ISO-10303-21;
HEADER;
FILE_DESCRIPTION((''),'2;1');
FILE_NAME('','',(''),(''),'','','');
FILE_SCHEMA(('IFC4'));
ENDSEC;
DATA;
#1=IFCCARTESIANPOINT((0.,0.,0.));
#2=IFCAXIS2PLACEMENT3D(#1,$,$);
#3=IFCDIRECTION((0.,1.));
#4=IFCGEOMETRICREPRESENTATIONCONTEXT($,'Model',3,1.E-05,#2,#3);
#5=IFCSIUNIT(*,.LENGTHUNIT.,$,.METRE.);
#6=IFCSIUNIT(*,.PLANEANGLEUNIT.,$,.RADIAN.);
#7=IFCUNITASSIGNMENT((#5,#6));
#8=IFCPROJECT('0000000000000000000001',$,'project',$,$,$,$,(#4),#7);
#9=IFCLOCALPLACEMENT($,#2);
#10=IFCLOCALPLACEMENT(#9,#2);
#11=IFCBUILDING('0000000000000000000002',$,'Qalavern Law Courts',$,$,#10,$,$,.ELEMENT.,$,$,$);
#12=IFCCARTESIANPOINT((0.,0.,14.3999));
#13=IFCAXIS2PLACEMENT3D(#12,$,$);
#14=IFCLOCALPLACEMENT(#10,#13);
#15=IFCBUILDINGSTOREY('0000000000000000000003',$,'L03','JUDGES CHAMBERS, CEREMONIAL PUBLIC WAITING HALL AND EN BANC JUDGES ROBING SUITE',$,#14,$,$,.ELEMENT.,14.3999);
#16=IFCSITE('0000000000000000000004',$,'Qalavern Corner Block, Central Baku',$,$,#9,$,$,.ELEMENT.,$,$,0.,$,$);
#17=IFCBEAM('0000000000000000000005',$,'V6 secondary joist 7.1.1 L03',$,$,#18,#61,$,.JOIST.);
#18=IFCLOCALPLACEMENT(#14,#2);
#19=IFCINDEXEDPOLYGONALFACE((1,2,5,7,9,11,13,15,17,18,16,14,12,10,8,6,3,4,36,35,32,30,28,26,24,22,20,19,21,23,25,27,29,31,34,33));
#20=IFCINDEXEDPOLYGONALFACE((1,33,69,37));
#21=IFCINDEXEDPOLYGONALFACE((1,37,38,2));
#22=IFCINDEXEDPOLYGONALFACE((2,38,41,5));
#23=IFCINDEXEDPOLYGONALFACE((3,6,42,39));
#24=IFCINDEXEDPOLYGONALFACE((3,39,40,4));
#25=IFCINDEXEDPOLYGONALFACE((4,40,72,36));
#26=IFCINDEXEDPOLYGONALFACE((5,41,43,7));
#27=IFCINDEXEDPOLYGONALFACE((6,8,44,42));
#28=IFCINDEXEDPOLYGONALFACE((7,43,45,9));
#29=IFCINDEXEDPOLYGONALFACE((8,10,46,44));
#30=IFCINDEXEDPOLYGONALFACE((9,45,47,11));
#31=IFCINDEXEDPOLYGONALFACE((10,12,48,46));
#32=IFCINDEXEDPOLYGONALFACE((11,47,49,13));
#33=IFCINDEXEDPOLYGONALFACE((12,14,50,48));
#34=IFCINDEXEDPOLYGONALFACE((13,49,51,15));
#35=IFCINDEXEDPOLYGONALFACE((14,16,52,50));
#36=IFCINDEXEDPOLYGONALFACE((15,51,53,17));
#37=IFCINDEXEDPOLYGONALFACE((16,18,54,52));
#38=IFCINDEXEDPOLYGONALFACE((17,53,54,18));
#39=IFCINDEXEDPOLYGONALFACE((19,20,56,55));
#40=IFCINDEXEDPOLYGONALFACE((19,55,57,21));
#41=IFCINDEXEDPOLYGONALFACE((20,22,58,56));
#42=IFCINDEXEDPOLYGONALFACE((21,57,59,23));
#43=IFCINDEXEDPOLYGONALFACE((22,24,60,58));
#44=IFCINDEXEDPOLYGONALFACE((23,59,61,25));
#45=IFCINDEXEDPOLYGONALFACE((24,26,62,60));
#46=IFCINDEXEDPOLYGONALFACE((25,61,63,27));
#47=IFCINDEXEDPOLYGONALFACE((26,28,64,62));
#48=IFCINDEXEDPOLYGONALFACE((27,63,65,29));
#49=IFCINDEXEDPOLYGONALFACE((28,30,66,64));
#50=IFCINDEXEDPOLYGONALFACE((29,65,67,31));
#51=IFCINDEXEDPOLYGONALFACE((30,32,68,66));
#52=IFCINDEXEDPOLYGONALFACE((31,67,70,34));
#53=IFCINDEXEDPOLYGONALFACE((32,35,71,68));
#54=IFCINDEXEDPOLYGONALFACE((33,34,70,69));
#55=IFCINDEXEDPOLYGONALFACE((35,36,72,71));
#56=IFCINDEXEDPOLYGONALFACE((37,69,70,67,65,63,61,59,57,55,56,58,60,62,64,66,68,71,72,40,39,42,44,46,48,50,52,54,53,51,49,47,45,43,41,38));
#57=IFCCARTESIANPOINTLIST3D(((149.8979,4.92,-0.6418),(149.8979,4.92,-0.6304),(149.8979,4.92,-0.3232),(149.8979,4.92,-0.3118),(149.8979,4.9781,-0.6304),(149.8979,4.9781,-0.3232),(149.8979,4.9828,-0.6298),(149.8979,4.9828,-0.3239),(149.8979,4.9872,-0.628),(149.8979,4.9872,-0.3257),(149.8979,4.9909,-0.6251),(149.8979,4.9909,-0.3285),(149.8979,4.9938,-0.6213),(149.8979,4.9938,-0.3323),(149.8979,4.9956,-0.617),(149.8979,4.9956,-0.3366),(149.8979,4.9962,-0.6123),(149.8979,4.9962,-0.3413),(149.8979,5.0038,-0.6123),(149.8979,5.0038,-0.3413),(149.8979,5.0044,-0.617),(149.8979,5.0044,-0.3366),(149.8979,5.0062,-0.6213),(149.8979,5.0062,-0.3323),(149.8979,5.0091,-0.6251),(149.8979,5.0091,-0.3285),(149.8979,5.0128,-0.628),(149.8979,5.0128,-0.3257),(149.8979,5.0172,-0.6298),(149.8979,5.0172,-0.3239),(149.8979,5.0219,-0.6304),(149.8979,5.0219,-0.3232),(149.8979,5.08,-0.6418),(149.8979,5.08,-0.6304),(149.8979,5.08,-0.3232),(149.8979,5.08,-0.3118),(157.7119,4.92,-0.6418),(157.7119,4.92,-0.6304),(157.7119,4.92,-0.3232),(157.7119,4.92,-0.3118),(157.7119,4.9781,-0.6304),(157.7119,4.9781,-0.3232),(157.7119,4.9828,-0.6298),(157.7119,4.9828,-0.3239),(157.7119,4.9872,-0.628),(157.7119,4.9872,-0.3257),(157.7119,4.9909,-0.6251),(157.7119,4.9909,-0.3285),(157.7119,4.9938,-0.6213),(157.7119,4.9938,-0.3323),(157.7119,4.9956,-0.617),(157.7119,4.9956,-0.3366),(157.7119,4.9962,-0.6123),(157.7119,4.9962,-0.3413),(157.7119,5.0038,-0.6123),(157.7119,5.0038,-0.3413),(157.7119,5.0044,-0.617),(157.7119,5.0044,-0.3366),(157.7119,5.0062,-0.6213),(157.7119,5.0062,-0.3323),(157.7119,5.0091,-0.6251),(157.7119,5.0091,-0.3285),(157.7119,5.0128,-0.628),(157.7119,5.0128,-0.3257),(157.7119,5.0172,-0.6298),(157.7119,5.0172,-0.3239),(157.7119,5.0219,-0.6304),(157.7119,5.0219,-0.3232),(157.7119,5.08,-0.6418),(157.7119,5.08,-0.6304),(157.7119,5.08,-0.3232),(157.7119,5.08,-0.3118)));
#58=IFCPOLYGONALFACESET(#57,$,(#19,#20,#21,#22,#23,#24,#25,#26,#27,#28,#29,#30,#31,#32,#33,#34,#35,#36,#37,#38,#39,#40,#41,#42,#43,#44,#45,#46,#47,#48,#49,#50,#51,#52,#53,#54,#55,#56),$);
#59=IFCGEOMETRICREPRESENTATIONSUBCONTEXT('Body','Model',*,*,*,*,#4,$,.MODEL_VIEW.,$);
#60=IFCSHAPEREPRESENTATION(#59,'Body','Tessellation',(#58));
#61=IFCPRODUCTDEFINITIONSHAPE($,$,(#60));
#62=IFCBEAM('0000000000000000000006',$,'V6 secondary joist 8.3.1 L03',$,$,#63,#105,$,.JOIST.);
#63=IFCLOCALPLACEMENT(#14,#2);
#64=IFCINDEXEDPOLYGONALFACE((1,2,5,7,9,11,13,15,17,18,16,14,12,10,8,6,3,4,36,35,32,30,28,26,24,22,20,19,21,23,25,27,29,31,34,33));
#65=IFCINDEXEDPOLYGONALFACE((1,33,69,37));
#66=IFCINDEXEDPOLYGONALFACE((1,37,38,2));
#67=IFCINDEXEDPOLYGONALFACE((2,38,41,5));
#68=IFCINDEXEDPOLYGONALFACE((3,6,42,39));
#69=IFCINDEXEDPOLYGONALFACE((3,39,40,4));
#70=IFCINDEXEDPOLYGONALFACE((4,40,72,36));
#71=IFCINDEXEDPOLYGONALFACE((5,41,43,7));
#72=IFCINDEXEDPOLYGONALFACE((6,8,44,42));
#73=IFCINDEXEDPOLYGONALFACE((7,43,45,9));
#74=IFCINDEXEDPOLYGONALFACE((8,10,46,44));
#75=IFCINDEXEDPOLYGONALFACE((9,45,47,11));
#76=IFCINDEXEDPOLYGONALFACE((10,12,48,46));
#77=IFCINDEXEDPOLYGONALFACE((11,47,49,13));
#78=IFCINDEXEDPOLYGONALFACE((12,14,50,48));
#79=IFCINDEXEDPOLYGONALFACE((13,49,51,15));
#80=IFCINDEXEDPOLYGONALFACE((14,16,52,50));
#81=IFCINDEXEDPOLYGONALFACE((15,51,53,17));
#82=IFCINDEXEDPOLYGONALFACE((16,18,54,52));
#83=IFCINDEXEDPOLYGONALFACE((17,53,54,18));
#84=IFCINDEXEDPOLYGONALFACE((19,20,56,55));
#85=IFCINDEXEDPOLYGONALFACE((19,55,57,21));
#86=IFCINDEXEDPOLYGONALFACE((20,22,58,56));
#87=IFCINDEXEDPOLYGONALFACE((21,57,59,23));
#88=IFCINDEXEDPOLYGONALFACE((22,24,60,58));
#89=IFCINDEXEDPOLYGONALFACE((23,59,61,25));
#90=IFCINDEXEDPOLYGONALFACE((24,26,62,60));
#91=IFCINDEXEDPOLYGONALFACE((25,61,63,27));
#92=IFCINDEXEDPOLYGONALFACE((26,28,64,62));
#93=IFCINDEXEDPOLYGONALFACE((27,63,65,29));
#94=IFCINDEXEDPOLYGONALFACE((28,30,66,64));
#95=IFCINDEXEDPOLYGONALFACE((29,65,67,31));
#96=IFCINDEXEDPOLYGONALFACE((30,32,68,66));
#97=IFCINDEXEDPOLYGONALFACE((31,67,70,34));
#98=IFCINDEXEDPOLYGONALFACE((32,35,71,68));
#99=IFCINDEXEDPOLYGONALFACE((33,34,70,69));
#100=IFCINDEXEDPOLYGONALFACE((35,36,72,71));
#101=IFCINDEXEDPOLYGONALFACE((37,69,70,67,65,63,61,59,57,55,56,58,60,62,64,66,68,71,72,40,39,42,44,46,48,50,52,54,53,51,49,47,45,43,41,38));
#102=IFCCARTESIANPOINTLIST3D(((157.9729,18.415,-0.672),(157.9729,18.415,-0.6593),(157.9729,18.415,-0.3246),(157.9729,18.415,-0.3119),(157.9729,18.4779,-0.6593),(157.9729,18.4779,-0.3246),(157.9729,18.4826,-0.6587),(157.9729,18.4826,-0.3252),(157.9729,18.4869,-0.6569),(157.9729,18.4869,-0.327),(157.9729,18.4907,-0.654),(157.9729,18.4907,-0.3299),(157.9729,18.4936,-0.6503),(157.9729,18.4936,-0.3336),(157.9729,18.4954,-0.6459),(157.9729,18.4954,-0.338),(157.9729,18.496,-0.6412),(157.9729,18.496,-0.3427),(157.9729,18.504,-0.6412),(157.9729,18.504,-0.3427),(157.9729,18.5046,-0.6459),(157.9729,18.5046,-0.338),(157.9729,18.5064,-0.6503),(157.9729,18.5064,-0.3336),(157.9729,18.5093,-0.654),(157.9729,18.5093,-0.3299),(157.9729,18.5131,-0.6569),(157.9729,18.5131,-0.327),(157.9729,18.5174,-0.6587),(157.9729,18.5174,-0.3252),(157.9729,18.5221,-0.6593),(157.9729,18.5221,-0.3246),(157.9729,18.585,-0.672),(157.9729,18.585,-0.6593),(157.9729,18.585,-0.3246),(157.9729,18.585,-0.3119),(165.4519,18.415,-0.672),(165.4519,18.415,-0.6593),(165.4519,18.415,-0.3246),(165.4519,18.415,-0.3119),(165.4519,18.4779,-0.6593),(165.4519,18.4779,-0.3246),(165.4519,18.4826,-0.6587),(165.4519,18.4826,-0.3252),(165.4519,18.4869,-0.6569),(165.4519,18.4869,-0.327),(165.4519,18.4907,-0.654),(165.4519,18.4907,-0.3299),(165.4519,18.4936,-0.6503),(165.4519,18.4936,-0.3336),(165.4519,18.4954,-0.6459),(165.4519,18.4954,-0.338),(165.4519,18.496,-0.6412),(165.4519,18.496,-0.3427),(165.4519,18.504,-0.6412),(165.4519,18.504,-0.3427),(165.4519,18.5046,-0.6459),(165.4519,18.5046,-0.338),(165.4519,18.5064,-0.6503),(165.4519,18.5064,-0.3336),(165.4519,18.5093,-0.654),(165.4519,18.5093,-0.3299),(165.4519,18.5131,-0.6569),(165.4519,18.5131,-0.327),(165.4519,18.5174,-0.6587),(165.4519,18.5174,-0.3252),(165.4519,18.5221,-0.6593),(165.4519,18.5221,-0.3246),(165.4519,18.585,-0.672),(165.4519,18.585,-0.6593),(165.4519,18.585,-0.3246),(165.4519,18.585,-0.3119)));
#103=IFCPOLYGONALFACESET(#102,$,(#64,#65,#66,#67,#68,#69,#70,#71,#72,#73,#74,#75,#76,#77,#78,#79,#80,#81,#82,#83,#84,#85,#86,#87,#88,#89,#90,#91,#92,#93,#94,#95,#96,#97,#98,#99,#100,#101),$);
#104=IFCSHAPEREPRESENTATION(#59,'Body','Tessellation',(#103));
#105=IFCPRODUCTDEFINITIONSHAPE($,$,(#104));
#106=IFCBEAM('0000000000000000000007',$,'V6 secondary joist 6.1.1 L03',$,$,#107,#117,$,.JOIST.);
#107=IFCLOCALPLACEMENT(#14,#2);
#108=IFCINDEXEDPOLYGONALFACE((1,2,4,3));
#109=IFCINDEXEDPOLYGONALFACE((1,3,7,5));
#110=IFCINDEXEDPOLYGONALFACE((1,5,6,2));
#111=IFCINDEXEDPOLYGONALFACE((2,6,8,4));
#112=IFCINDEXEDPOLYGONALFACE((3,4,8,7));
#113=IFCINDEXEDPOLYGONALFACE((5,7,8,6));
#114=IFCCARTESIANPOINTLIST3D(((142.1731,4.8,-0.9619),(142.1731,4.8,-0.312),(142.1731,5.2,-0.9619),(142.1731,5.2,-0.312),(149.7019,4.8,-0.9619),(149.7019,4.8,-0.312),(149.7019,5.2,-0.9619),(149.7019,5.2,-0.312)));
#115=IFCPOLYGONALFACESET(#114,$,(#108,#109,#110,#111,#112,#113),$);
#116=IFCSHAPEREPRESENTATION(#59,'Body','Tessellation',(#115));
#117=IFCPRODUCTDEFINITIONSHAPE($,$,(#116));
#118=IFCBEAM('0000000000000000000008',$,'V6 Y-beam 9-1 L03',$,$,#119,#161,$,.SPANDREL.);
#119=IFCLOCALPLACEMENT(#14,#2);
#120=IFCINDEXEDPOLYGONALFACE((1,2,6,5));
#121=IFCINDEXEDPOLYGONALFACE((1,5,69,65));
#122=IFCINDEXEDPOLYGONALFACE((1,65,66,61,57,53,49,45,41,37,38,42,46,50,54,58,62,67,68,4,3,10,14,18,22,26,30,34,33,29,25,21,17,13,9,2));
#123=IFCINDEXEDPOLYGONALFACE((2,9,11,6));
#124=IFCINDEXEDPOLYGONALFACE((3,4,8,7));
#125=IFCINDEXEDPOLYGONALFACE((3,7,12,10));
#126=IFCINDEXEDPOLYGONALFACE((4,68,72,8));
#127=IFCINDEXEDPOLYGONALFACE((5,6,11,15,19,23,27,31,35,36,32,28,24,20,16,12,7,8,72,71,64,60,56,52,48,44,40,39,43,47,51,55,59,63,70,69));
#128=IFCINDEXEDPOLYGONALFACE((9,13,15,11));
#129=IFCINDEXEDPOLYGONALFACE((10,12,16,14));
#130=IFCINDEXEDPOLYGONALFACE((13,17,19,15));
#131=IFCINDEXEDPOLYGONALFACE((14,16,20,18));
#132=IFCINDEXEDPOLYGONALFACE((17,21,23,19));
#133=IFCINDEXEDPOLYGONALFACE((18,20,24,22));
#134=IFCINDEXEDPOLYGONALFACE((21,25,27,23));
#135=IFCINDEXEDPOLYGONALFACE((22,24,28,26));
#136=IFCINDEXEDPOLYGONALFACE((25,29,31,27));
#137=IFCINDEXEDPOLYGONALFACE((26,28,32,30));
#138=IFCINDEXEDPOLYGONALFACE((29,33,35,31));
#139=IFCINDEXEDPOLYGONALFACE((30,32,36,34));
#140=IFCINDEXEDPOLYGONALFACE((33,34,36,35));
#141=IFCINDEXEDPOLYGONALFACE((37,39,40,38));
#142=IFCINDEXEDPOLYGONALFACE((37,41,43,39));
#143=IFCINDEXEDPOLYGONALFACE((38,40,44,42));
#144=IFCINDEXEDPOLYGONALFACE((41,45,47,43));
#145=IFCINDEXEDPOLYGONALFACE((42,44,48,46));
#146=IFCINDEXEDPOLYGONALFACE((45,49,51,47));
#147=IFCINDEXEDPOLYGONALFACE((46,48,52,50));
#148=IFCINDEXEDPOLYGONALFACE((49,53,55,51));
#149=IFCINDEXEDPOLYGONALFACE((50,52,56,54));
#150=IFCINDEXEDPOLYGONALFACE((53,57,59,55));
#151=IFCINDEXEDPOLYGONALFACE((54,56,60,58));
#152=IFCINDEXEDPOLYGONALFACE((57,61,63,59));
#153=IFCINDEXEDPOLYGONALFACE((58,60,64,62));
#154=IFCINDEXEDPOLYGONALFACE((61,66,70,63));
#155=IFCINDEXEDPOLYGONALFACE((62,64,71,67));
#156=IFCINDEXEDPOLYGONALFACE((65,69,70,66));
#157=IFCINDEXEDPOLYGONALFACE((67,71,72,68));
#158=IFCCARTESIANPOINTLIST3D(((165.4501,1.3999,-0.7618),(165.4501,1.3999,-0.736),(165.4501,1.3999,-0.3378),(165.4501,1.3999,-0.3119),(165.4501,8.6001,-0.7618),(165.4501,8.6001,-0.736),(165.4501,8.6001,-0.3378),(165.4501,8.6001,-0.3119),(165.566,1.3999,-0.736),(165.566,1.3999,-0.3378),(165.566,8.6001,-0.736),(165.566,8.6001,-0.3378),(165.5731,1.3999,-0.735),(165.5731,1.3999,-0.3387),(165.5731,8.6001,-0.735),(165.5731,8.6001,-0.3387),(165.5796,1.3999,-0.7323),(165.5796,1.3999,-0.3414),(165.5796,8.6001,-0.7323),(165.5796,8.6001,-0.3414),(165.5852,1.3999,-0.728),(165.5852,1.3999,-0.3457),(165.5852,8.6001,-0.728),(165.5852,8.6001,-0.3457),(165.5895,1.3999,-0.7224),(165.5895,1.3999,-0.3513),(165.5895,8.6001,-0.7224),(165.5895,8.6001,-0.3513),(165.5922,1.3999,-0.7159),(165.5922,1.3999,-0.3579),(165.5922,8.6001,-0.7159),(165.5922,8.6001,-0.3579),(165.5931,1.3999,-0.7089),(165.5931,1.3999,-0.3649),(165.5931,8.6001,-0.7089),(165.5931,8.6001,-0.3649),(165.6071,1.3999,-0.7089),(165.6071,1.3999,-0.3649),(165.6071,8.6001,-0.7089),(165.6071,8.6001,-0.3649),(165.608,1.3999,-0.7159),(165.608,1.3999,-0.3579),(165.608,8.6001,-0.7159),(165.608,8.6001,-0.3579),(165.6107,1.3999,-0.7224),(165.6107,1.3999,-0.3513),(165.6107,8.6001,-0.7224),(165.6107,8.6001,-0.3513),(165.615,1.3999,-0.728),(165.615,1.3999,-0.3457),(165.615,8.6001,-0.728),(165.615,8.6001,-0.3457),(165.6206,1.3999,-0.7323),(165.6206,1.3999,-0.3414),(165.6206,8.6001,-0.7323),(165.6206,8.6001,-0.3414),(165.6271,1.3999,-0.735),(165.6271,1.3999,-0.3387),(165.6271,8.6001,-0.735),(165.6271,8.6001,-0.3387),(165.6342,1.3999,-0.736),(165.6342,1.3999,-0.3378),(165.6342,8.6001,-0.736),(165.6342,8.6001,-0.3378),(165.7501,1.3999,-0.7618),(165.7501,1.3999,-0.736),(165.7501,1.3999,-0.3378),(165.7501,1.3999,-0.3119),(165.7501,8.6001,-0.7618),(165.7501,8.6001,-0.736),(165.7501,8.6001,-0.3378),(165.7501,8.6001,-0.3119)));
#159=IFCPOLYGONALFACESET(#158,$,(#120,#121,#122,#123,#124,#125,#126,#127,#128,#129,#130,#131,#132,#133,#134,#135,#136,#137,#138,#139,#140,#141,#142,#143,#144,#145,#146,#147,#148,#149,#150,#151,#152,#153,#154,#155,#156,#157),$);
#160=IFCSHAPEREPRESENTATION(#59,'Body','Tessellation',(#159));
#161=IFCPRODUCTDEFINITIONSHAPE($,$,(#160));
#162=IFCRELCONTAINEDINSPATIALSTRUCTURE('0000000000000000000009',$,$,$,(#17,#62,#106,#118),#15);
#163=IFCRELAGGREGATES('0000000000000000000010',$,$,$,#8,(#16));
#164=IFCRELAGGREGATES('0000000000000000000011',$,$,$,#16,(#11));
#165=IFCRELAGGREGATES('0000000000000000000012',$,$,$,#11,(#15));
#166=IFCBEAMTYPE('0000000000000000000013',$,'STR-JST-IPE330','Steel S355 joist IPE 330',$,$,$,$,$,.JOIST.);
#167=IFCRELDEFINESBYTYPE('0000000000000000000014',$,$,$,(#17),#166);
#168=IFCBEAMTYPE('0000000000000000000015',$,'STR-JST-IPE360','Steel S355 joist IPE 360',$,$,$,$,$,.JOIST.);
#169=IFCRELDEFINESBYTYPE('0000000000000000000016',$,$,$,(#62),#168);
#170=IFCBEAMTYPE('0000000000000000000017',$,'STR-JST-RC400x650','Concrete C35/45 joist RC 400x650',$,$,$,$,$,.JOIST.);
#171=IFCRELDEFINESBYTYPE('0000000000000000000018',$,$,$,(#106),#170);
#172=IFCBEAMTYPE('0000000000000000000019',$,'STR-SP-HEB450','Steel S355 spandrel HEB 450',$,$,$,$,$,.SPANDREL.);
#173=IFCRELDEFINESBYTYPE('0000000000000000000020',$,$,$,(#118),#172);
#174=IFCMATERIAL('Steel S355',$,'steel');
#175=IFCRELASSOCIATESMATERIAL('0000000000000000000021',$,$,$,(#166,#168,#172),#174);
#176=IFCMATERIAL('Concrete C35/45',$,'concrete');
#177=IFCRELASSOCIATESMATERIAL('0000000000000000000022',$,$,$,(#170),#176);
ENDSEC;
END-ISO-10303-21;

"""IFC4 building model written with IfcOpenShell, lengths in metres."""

from ifc_helpers import new_model, si_unit, direction, frame, origin, origin_2d, place, context, subcontext, project, spatial, rectangle, i_section, extrude, material, material_profile, profile_set, type_object, element, save


model = new_model("IFC4")

# Units and contexts
model_context = context("Model", 3, precision=1e-05, world=origin(), true_north=direction((0.0, 1.0)))
body_context = subcontext(model_context, "Body", "Model", "MODEL_VIEW")
ifc_project = project(units=[si_unit("LENGTHUNIT", "METRE"), si_unit("PLANEANGLEUNIT", "RADIAN")], contexts=[model_context])

# Site, building, storey
site_placement = place(None, origin())
site = spatial("IfcSite", under=ifc_project, at=site_placement, Name="Qalavern Corner Block, Central Baku", CompositionType="ELEMENT", RefElevation=0.0)
building_placement = place(site_placement, origin())
building = spatial("IfcBuilding", under=site, at=building_placement, Name="Qalavern Law Courts", CompositionType="ELEMENT")
storey_placement = place(building_placement, frame((0.0, 0.0, 14.3999)))
storey = spatial("IfcBuildingStorey", under=building, at=storey_placement, Name="L03", Description="JUDGES CHAMBERS, CEREMONIAL PUBLIC WAITING HALL AND EN BANC JUDGES ROBING SUITE", CompositionType="ELEMENT", Elevation=14.3999)

# Beams
ifc_material_1 = material(Name="Steel S355", Category="steel")
ifc_material_2 = material(Name="Concrete C35/45", Category="concrete")
ifc_material_profile_1 = material_profile(ifc_material_1, i_section(OverallWidth=0.1599, OverallDepth=0.3301, WebThickness=0.0076, FlangeThickness=0.0115, FilletRadius=0.0181, at=origin_2d()), Name="IPE 330")
ifc_profile_set_1 = profile_set([ifc_material_profile_1], Name="Steel S355")
beam_type_1 = type_object("IfcBeamType", Name="STR-JST-IPE330", Description="Steel S355 joist IPE 330", PredefinedType="JOIST", material=ifc_profile_set_1)
beam_1_placement = place(storey_placement, frame((149.8979, 5.0, -0.4768), z_axis=(1.0, 0.0, 0.0), x_axis=(0.0, 1.0, 0.0)))
element("IfcBeam", 1, at=beam_1_placement, inside=storey, type_object=beam_type_1, Name="V6 secondary joist 7.1.1 L03", PredefinedType="JOIST", context=body_context, shape_type="SweptSolid", body=[
    extrude(i_section(OverallWidth=0.1599, OverallDepth=0.3301, WebThickness=0.0076, FlangeThickness=0.0115, FilletRadius=0.0181, at=origin_2d()), origin(), (0.0, 0.0, 1.0), 7.814),
])
ifc_material_profile_2 = material_profile(ifc_material_1, i_section(OverallWidth=0.1699, OverallDepth=0.3601, WebThickness=0.0081, FlangeThickness=0.0127, FilletRadius=0.0181, at=origin_2d()), Name="IPE 360")
ifc_profile_set_2 = profile_set([ifc_material_profile_2], Name="Steel S355")
beam_type_2 = type_object("IfcBeamType", Name="STR-JST-IPE360", Description="Steel S355 joist IPE 360", PredefinedType="JOIST", material=ifc_profile_set_2)
beam_2_placement = place(storey_placement, frame((157.9729, 18.5, -0.4919), z_axis=(1.0, 0.0, 0.0), x_axis=(0.0, 1.0, 0.0)))
element("IfcBeam", 2, at=beam_2_placement, inside=storey, type_object=beam_type_2, Name="V6 secondary joist 8.3.1 L03", PredefinedType="JOIST", context=body_context, shape_type="SweptSolid", body=[
    extrude(i_section(OverallWidth=0.1699, OverallDepth=0.3601, WebThickness=0.0081, FlangeThickness=0.0127, FilletRadius=0.0181, at=origin_2d()), origin(), (0.0, 0.0, 1.0), 7.479),
])
ifc_material_profile_3 = material_profile(ifc_material_2, rectangle(XDim=0.3999, YDim=0.6499, at=origin_2d()), Name="RC 400x650")
ifc_profile_set_3 = profile_set([ifc_material_profile_3], Name="Concrete C35/45")
beam_type_3 = type_object("IfcBeamType", Name="STR-JST-RC400x650", Description="Concrete C35/45 joist RC 400x650", PredefinedType="JOIST", material=ifc_profile_set_3)
beam_3_placement = place(storey_placement, frame((142.1731, 5.0, -0.637), z_axis=(1.0, 0.0, 0.0), x_axis=(0.0, 1.0, 0.0)))
element("IfcBeam", 3, at=beam_3_placement, inside=storey, type_object=beam_type_3, Name="V6 secondary joist 6.1.1 L03", PredefinedType="JOIST", context=body_context, shape_type="SweptSolid", body=[
    extrude(rectangle(XDim=0.3999, YDim=0.6499, at=origin_2d()), origin(), (0.0, 0.0, 1.0), 7.5288),
])
ifc_material_profile_4 = material_profile(ifc_material_1, i_section(OverallWidth=0.3, OverallDepth=0.45, WebThickness=0.0139, FlangeThickness=0.0259, FilletRadius=0.0271, at=origin_2d()), Name="HEB 450")
ifc_profile_set_4 = profile_set([ifc_material_profile_4], Name="Steel S355")
beam_type_4 = type_object("IfcBeamType", Name="STR-SP-HEB450", Description="Steel S355 spandrel HEB 450", PredefinedType="SPANDREL", material=ifc_profile_set_4)
beam_4_placement = place(storey_placement, frame((165.6001, 1.3999, -0.5369), z_axis=(0.0, 1.0, 0.0), x_axis=(-1.0, 0.0, 0.0)))
element("IfcBeam", 4, at=beam_4_placement, inside=storey, type_object=beam_type_4, Name="V6 Y-beam 9-1 L03", PredefinedType="SPANDREL", context=body_context, shape_type="SweptSolid", body=[
    extrude(i_section(OverallWidth=0.3, OverallDepth=0.45, WebThickness=0.0139, FlangeThickness=0.0259, FilletRadius=0.0271, at=origin_2d()), origin(), (0.0, 0.0, 1.0), 7.2002),
])

save(model, "model.ifc")
